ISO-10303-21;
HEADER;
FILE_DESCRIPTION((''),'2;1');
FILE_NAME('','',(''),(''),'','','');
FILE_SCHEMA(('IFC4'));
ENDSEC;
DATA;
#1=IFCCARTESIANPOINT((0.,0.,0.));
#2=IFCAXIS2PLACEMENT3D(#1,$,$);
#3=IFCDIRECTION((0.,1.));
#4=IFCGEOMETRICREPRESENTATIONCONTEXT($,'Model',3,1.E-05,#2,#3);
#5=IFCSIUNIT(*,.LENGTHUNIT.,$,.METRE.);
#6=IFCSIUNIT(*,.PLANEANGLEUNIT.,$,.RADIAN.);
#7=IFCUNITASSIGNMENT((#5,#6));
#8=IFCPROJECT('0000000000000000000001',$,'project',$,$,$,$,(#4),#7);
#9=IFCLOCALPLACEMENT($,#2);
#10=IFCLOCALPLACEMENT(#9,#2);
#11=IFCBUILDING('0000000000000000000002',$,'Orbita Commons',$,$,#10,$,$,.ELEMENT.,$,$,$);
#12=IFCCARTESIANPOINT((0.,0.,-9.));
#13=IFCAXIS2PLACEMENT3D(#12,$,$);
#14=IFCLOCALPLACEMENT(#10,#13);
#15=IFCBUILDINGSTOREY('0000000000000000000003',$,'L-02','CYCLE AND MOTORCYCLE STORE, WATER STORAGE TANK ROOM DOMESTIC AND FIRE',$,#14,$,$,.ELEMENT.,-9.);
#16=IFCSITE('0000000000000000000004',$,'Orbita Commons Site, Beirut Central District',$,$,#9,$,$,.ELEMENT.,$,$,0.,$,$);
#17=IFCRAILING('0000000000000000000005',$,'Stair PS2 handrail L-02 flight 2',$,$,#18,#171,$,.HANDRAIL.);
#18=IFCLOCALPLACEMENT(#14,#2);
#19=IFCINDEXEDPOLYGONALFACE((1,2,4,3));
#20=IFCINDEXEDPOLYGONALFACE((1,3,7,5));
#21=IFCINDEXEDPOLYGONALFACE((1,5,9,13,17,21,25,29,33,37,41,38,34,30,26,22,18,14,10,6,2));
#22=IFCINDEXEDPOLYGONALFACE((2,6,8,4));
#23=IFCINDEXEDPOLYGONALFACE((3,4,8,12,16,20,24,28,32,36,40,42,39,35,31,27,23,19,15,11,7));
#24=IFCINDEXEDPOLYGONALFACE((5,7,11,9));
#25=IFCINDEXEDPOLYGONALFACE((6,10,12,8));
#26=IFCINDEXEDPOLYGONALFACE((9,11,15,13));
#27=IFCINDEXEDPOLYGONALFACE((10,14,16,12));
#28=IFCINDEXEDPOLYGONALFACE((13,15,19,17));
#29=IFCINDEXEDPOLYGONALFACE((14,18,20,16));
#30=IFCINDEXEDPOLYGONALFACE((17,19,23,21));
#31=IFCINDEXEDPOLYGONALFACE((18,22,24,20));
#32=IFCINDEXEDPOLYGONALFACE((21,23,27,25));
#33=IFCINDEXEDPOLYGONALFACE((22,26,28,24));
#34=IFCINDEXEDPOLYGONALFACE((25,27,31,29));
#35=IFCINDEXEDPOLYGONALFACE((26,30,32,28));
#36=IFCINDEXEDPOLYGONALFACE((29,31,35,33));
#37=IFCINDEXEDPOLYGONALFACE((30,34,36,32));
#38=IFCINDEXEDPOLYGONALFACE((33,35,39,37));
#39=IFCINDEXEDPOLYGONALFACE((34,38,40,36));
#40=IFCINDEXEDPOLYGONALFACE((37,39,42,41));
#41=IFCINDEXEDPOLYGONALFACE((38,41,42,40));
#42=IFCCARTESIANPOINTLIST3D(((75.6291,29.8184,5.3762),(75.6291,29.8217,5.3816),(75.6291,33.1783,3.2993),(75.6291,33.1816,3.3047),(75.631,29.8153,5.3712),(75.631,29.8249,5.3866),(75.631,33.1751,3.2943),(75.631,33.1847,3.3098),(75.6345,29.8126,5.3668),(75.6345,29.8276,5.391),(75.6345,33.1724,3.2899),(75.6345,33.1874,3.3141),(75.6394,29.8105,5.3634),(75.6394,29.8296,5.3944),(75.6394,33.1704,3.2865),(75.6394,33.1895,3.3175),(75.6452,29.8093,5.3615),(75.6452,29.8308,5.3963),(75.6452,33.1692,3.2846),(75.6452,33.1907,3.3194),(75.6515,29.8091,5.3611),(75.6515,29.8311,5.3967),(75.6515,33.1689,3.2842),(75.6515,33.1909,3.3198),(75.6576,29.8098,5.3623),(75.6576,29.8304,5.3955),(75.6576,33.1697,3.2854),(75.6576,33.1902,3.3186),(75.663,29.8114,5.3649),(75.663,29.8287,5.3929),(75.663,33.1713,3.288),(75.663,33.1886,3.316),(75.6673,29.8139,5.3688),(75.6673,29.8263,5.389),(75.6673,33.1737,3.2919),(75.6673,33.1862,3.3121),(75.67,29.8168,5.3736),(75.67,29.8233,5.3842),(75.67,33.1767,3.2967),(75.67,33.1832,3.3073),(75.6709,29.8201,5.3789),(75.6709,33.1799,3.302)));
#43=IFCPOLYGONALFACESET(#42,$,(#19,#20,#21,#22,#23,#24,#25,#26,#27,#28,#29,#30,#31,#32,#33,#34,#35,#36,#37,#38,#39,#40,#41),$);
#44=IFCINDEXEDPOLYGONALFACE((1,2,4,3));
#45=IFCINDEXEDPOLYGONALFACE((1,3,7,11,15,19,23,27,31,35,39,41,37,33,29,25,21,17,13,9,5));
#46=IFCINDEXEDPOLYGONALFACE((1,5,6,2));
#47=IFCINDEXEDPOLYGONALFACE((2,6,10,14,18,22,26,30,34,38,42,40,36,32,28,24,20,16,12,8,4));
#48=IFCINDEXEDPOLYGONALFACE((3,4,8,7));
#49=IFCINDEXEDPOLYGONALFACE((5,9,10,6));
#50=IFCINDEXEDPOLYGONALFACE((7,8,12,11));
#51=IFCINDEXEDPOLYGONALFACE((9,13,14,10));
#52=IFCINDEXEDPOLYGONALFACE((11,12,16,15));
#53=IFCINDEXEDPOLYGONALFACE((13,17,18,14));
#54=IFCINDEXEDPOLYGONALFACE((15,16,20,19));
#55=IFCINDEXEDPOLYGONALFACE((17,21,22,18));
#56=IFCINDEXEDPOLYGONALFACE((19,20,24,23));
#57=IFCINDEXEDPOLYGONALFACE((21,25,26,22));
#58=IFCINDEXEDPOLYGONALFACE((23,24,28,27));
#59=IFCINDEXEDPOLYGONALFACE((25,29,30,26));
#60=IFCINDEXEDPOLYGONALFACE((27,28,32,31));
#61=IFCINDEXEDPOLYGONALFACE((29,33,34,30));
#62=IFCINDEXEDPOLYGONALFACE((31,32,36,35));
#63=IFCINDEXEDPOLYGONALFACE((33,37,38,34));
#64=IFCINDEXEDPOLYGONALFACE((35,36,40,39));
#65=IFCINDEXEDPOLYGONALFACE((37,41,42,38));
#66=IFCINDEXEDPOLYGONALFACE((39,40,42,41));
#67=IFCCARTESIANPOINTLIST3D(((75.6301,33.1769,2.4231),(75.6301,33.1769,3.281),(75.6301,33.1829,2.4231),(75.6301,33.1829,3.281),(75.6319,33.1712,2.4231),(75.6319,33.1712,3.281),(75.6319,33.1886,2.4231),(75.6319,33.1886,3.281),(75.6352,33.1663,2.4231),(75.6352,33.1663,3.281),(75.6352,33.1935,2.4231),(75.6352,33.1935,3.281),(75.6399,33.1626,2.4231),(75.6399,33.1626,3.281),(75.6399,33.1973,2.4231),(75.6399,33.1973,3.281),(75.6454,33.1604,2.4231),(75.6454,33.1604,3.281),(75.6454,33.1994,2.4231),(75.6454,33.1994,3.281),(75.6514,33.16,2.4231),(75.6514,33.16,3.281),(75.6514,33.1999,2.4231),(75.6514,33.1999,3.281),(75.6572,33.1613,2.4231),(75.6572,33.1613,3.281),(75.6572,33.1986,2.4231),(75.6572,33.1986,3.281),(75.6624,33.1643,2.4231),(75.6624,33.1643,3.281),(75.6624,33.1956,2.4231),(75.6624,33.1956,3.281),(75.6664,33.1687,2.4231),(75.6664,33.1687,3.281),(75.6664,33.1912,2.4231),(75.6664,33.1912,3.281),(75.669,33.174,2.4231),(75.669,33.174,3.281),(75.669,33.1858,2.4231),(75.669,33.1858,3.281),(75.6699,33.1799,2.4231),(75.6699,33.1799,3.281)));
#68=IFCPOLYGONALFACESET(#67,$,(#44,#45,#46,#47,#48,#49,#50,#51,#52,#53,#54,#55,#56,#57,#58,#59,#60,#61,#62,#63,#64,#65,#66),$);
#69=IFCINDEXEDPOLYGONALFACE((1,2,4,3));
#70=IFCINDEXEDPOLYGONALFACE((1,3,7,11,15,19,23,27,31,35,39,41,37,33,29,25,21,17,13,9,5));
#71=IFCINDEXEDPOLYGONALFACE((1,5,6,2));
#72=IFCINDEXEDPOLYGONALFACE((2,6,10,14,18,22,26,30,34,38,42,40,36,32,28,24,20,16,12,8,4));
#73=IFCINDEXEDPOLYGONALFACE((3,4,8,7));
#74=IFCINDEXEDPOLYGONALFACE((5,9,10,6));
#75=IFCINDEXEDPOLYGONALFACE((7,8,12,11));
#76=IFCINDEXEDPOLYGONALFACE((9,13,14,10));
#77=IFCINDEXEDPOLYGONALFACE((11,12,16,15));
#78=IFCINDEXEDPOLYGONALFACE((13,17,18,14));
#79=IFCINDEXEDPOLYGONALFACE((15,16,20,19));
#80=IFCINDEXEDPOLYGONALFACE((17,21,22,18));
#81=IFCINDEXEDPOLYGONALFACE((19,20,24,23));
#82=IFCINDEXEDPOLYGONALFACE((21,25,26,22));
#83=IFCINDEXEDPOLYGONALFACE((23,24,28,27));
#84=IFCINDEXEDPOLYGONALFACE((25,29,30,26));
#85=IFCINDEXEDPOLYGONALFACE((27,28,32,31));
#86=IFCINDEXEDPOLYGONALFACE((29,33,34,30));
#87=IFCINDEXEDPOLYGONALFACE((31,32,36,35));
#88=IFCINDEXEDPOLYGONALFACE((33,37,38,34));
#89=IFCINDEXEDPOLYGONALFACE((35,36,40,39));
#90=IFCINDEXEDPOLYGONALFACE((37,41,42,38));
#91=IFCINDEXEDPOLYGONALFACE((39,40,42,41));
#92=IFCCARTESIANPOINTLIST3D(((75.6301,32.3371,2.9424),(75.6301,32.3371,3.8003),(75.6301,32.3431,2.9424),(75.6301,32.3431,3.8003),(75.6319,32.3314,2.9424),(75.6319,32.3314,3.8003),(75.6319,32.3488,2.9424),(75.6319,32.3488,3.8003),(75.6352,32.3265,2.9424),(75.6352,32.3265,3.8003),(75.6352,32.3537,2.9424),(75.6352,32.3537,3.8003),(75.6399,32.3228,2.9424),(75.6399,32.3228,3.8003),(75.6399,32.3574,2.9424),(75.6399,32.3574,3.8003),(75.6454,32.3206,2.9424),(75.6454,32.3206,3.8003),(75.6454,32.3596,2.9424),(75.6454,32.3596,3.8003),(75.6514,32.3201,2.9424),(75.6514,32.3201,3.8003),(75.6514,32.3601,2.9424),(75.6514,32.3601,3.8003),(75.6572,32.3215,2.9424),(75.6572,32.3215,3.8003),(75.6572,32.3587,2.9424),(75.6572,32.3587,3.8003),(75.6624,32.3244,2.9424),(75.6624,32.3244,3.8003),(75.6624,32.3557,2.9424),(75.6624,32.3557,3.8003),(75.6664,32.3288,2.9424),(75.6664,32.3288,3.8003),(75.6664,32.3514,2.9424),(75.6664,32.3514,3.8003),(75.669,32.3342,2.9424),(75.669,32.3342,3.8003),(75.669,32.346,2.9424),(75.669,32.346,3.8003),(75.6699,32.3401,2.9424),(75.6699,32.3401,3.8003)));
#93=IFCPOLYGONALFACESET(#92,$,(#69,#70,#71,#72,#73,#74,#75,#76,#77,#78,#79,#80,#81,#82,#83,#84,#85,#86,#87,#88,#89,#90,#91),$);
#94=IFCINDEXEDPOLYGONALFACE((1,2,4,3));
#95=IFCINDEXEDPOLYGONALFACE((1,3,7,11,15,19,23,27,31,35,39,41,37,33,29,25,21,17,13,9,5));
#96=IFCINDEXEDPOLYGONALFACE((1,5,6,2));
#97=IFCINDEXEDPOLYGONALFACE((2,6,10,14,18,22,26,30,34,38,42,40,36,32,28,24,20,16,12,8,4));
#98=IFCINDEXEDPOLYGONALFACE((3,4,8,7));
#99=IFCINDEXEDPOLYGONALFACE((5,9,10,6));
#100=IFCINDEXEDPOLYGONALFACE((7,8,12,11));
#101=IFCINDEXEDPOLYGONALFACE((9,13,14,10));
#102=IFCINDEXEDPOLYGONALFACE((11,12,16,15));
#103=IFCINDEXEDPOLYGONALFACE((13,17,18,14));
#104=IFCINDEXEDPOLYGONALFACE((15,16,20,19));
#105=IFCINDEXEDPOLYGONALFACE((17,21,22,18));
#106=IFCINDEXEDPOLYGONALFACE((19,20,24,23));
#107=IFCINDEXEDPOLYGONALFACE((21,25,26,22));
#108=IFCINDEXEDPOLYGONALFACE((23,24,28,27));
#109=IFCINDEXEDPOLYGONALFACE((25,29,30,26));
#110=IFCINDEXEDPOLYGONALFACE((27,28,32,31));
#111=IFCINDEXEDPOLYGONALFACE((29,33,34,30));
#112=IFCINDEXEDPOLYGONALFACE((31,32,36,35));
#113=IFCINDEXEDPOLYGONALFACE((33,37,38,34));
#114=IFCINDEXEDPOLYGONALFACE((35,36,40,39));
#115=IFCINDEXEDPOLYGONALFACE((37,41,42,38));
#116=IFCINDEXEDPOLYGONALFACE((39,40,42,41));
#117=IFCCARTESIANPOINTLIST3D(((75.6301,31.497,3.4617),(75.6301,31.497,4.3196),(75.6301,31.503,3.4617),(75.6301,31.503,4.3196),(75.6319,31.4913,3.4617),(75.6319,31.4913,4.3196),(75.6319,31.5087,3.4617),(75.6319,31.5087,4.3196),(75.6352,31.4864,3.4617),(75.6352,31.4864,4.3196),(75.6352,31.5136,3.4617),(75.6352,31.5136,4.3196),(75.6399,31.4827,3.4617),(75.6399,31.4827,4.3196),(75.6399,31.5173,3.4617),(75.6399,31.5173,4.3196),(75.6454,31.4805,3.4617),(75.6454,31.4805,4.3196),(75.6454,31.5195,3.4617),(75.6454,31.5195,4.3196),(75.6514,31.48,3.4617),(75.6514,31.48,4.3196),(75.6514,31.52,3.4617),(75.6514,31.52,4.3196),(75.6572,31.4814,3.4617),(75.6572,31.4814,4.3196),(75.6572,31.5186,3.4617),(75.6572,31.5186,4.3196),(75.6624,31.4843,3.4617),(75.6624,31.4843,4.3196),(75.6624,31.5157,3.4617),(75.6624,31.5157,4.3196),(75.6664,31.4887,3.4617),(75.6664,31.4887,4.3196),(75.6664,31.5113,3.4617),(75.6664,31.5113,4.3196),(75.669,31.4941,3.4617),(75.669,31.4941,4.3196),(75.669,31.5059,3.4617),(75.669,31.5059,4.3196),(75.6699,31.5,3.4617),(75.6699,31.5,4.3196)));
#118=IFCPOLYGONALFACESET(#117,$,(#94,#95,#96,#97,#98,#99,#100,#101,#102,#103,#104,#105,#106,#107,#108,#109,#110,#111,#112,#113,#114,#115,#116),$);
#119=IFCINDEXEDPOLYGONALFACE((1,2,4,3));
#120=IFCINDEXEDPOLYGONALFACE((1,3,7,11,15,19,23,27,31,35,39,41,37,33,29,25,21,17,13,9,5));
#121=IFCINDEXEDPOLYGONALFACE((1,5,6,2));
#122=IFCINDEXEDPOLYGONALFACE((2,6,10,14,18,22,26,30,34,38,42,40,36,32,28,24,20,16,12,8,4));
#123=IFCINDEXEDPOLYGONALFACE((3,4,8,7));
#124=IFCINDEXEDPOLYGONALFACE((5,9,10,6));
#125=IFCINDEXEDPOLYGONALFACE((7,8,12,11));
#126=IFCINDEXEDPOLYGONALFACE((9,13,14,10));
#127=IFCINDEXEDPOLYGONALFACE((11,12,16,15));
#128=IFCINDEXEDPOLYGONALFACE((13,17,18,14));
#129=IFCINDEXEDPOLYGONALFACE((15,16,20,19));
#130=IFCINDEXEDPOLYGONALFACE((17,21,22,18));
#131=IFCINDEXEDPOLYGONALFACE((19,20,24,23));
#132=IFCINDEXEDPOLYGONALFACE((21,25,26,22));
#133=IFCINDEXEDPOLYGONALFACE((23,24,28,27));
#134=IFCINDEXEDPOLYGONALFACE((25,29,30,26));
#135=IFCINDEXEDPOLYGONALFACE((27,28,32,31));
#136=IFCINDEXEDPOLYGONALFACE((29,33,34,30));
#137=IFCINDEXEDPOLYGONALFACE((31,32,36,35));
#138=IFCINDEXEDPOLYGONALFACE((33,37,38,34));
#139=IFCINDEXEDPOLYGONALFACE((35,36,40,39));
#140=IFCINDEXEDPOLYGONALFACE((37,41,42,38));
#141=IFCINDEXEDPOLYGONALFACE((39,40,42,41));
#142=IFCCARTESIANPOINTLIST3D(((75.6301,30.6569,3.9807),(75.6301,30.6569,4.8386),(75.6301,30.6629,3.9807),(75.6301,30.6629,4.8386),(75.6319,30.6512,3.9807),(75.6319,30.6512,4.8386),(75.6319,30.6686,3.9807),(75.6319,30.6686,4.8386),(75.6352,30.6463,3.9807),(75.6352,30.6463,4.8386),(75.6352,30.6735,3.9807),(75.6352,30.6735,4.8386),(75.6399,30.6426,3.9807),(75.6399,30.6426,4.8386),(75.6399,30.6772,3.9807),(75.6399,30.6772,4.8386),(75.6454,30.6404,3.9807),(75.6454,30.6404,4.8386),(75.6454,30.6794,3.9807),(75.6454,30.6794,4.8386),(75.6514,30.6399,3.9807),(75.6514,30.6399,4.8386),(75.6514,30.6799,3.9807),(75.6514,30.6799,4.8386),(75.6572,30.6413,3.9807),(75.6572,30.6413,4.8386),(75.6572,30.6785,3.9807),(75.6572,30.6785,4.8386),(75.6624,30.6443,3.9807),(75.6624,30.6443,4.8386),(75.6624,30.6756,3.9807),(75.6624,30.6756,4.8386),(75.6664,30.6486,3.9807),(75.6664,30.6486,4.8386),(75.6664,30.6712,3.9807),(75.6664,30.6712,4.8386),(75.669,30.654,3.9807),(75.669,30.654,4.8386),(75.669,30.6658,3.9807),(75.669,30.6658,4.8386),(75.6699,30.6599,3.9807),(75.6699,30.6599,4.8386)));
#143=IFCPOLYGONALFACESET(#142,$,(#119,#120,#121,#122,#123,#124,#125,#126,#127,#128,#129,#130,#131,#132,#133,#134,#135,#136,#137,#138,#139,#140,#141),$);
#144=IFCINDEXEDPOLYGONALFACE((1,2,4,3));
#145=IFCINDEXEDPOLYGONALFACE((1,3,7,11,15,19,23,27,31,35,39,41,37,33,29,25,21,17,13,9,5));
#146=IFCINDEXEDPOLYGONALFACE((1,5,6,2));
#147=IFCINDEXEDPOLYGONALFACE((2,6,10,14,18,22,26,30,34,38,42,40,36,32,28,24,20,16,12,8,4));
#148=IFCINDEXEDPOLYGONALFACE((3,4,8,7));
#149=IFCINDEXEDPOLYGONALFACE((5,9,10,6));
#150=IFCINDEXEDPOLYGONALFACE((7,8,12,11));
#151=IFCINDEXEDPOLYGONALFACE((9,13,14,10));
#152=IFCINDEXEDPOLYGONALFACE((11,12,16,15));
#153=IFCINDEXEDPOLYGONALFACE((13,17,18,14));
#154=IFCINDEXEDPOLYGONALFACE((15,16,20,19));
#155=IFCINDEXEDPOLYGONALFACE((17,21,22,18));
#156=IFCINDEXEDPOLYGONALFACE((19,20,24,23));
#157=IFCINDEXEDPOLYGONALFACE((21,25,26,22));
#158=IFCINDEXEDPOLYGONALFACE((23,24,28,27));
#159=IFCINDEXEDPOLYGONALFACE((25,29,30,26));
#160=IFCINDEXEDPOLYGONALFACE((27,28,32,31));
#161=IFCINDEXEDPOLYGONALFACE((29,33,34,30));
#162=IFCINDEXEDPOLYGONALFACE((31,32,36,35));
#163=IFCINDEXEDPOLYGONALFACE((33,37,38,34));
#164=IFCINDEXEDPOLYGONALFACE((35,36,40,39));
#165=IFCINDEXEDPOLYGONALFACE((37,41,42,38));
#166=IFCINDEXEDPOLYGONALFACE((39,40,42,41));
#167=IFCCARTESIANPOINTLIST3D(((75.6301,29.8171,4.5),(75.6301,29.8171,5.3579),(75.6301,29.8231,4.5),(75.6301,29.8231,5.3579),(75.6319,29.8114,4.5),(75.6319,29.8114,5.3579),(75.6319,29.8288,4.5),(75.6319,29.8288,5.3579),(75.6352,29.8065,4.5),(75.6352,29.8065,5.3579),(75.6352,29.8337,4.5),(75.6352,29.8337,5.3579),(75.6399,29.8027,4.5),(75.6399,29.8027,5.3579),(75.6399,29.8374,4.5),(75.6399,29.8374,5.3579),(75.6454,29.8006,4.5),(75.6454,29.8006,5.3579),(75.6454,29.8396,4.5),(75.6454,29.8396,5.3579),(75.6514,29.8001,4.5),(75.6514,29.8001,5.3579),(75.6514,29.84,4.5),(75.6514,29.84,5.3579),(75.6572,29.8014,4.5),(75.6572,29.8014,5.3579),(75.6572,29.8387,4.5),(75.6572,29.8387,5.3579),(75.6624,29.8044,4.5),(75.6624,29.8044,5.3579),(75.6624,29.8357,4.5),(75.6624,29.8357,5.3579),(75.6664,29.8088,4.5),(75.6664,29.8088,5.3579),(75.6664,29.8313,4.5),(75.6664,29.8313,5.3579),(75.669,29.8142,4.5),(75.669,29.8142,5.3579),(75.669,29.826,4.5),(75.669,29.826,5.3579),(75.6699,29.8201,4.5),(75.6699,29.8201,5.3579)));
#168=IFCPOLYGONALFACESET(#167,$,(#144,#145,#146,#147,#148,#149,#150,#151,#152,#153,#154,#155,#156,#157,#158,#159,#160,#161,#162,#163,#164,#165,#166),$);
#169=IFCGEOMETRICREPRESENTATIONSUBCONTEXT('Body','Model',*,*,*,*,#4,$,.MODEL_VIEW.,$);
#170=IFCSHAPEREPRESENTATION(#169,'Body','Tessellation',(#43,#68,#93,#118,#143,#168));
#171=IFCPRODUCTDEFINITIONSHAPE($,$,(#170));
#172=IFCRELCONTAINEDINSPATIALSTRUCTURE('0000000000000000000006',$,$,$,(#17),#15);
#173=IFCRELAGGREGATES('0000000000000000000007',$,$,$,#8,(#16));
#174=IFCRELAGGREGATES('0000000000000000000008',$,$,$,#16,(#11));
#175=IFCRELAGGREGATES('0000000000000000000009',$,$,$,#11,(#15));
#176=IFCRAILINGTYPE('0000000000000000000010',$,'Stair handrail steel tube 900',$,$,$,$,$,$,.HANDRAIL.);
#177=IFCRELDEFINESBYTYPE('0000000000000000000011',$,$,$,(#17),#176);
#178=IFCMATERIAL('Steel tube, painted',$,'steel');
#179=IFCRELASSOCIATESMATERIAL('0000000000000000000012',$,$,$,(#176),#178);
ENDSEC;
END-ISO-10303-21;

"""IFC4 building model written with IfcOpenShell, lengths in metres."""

from ifc_helpers import new_model, si_unit, direction, frame, origin, origin_2d, place, context, subcontext, project, spatial, circle, extrude, material, type_object, element, save


model = new_model("IFC4")

# Units and contexts
model_context = context("Model", 3, precision=1e-05, world=origin(), true_north=direction((0.0, 1.0)))
body_context = subcontext(model_context, "Body", "Model", "MODEL_VIEW")
ifc_project = project(units=[si_unit("LENGTHUNIT", "METRE"), si_unit("PLANEANGLEUNIT", "RADIAN")], contexts=[model_context])

# Site, building, storey
site_placement = place(None, origin())
site = spatial("IfcSite", under=ifc_project, at=site_placement, Name="Orbita Commons Site, Beirut Central District", CompositionType="ELEMENT", RefElevation=0.0)
building_placement = place(site_placement, origin())
building = spatial("IfcBuilding", under=site, at=building_placement, Name="Orbita Commons", CompositionType="ELEMENT")
storey_placement = place(building_placement, frame((0.0, 0.0, -9.0)))
storey = spatial("IfcBuildingStorey", under=building, at=storey_placement, Name="L-02", Description="CYCLE AND MOTORCYCLE STORE, WATER STORAGE TANK ROOM DOMESTIC AND FIRE", CompositionType="ELEMENT", Elevation=-9.0)

# Railing
ifc_material_1 = material(Name="Steel tube, painted", Category="steel")
railing_type_1 = type_object("IfcRailingType", Name="Stair handrail steel tube 900", PredefinedType="HANDRAIL", material=ifc_material_1)
for number, where, name in (
    (1, (75.6499, 33.1799, 2.4231), "Stair PS2 handrail L-02 flight 2"),
):
    element("IfcRailing", number, at=place(storey_placement, frame(where)), inside=storey, type_object=railing_type_1, Name=name, PredefinedType="HANDRAIL", context=body_context, shape_type="SweptSolid", body=[
        extrude(circle(Radius=0.021, at=origin_2d()), frame((0.0, 0.0, 0.8789), z_axis=(0.0, -0.850606, 0.525803), x_axis=(1.0, 0.0, 0.0)), (0.0, 0.0, 1.0), 3.95),
        extrude(circle(Radius=0.02, at=origin_2d()), origin(), (0.0, 0.0, 1.0), 0.8579),
        extrude(circle(Radius=0.02, at=origin_2d()), frame((0.0, -0.8398, 0.5193)), (0.0, 0.0, 1.0), 0.8579),
        extrude(circle(Radius=0.02, at=origin_2d()), frame((0.0, -1.6799, 1.0386)), (0.0, 0.0, 1.0), 0.8579),
        extrude(circle(Radius=0.02, at=origin_2d()), frame((0.0, -2.52, 1.5576)), (0.0, 0.0, 1.0), 0.8579),
        extrude(circle(Radius=0.02, at=origin_2d()), frame((0.0, -3.3599, 2.0769)), (0.0, 0.0, 1.0), 0.8579),
    ])

save(model, "model.ifc")
